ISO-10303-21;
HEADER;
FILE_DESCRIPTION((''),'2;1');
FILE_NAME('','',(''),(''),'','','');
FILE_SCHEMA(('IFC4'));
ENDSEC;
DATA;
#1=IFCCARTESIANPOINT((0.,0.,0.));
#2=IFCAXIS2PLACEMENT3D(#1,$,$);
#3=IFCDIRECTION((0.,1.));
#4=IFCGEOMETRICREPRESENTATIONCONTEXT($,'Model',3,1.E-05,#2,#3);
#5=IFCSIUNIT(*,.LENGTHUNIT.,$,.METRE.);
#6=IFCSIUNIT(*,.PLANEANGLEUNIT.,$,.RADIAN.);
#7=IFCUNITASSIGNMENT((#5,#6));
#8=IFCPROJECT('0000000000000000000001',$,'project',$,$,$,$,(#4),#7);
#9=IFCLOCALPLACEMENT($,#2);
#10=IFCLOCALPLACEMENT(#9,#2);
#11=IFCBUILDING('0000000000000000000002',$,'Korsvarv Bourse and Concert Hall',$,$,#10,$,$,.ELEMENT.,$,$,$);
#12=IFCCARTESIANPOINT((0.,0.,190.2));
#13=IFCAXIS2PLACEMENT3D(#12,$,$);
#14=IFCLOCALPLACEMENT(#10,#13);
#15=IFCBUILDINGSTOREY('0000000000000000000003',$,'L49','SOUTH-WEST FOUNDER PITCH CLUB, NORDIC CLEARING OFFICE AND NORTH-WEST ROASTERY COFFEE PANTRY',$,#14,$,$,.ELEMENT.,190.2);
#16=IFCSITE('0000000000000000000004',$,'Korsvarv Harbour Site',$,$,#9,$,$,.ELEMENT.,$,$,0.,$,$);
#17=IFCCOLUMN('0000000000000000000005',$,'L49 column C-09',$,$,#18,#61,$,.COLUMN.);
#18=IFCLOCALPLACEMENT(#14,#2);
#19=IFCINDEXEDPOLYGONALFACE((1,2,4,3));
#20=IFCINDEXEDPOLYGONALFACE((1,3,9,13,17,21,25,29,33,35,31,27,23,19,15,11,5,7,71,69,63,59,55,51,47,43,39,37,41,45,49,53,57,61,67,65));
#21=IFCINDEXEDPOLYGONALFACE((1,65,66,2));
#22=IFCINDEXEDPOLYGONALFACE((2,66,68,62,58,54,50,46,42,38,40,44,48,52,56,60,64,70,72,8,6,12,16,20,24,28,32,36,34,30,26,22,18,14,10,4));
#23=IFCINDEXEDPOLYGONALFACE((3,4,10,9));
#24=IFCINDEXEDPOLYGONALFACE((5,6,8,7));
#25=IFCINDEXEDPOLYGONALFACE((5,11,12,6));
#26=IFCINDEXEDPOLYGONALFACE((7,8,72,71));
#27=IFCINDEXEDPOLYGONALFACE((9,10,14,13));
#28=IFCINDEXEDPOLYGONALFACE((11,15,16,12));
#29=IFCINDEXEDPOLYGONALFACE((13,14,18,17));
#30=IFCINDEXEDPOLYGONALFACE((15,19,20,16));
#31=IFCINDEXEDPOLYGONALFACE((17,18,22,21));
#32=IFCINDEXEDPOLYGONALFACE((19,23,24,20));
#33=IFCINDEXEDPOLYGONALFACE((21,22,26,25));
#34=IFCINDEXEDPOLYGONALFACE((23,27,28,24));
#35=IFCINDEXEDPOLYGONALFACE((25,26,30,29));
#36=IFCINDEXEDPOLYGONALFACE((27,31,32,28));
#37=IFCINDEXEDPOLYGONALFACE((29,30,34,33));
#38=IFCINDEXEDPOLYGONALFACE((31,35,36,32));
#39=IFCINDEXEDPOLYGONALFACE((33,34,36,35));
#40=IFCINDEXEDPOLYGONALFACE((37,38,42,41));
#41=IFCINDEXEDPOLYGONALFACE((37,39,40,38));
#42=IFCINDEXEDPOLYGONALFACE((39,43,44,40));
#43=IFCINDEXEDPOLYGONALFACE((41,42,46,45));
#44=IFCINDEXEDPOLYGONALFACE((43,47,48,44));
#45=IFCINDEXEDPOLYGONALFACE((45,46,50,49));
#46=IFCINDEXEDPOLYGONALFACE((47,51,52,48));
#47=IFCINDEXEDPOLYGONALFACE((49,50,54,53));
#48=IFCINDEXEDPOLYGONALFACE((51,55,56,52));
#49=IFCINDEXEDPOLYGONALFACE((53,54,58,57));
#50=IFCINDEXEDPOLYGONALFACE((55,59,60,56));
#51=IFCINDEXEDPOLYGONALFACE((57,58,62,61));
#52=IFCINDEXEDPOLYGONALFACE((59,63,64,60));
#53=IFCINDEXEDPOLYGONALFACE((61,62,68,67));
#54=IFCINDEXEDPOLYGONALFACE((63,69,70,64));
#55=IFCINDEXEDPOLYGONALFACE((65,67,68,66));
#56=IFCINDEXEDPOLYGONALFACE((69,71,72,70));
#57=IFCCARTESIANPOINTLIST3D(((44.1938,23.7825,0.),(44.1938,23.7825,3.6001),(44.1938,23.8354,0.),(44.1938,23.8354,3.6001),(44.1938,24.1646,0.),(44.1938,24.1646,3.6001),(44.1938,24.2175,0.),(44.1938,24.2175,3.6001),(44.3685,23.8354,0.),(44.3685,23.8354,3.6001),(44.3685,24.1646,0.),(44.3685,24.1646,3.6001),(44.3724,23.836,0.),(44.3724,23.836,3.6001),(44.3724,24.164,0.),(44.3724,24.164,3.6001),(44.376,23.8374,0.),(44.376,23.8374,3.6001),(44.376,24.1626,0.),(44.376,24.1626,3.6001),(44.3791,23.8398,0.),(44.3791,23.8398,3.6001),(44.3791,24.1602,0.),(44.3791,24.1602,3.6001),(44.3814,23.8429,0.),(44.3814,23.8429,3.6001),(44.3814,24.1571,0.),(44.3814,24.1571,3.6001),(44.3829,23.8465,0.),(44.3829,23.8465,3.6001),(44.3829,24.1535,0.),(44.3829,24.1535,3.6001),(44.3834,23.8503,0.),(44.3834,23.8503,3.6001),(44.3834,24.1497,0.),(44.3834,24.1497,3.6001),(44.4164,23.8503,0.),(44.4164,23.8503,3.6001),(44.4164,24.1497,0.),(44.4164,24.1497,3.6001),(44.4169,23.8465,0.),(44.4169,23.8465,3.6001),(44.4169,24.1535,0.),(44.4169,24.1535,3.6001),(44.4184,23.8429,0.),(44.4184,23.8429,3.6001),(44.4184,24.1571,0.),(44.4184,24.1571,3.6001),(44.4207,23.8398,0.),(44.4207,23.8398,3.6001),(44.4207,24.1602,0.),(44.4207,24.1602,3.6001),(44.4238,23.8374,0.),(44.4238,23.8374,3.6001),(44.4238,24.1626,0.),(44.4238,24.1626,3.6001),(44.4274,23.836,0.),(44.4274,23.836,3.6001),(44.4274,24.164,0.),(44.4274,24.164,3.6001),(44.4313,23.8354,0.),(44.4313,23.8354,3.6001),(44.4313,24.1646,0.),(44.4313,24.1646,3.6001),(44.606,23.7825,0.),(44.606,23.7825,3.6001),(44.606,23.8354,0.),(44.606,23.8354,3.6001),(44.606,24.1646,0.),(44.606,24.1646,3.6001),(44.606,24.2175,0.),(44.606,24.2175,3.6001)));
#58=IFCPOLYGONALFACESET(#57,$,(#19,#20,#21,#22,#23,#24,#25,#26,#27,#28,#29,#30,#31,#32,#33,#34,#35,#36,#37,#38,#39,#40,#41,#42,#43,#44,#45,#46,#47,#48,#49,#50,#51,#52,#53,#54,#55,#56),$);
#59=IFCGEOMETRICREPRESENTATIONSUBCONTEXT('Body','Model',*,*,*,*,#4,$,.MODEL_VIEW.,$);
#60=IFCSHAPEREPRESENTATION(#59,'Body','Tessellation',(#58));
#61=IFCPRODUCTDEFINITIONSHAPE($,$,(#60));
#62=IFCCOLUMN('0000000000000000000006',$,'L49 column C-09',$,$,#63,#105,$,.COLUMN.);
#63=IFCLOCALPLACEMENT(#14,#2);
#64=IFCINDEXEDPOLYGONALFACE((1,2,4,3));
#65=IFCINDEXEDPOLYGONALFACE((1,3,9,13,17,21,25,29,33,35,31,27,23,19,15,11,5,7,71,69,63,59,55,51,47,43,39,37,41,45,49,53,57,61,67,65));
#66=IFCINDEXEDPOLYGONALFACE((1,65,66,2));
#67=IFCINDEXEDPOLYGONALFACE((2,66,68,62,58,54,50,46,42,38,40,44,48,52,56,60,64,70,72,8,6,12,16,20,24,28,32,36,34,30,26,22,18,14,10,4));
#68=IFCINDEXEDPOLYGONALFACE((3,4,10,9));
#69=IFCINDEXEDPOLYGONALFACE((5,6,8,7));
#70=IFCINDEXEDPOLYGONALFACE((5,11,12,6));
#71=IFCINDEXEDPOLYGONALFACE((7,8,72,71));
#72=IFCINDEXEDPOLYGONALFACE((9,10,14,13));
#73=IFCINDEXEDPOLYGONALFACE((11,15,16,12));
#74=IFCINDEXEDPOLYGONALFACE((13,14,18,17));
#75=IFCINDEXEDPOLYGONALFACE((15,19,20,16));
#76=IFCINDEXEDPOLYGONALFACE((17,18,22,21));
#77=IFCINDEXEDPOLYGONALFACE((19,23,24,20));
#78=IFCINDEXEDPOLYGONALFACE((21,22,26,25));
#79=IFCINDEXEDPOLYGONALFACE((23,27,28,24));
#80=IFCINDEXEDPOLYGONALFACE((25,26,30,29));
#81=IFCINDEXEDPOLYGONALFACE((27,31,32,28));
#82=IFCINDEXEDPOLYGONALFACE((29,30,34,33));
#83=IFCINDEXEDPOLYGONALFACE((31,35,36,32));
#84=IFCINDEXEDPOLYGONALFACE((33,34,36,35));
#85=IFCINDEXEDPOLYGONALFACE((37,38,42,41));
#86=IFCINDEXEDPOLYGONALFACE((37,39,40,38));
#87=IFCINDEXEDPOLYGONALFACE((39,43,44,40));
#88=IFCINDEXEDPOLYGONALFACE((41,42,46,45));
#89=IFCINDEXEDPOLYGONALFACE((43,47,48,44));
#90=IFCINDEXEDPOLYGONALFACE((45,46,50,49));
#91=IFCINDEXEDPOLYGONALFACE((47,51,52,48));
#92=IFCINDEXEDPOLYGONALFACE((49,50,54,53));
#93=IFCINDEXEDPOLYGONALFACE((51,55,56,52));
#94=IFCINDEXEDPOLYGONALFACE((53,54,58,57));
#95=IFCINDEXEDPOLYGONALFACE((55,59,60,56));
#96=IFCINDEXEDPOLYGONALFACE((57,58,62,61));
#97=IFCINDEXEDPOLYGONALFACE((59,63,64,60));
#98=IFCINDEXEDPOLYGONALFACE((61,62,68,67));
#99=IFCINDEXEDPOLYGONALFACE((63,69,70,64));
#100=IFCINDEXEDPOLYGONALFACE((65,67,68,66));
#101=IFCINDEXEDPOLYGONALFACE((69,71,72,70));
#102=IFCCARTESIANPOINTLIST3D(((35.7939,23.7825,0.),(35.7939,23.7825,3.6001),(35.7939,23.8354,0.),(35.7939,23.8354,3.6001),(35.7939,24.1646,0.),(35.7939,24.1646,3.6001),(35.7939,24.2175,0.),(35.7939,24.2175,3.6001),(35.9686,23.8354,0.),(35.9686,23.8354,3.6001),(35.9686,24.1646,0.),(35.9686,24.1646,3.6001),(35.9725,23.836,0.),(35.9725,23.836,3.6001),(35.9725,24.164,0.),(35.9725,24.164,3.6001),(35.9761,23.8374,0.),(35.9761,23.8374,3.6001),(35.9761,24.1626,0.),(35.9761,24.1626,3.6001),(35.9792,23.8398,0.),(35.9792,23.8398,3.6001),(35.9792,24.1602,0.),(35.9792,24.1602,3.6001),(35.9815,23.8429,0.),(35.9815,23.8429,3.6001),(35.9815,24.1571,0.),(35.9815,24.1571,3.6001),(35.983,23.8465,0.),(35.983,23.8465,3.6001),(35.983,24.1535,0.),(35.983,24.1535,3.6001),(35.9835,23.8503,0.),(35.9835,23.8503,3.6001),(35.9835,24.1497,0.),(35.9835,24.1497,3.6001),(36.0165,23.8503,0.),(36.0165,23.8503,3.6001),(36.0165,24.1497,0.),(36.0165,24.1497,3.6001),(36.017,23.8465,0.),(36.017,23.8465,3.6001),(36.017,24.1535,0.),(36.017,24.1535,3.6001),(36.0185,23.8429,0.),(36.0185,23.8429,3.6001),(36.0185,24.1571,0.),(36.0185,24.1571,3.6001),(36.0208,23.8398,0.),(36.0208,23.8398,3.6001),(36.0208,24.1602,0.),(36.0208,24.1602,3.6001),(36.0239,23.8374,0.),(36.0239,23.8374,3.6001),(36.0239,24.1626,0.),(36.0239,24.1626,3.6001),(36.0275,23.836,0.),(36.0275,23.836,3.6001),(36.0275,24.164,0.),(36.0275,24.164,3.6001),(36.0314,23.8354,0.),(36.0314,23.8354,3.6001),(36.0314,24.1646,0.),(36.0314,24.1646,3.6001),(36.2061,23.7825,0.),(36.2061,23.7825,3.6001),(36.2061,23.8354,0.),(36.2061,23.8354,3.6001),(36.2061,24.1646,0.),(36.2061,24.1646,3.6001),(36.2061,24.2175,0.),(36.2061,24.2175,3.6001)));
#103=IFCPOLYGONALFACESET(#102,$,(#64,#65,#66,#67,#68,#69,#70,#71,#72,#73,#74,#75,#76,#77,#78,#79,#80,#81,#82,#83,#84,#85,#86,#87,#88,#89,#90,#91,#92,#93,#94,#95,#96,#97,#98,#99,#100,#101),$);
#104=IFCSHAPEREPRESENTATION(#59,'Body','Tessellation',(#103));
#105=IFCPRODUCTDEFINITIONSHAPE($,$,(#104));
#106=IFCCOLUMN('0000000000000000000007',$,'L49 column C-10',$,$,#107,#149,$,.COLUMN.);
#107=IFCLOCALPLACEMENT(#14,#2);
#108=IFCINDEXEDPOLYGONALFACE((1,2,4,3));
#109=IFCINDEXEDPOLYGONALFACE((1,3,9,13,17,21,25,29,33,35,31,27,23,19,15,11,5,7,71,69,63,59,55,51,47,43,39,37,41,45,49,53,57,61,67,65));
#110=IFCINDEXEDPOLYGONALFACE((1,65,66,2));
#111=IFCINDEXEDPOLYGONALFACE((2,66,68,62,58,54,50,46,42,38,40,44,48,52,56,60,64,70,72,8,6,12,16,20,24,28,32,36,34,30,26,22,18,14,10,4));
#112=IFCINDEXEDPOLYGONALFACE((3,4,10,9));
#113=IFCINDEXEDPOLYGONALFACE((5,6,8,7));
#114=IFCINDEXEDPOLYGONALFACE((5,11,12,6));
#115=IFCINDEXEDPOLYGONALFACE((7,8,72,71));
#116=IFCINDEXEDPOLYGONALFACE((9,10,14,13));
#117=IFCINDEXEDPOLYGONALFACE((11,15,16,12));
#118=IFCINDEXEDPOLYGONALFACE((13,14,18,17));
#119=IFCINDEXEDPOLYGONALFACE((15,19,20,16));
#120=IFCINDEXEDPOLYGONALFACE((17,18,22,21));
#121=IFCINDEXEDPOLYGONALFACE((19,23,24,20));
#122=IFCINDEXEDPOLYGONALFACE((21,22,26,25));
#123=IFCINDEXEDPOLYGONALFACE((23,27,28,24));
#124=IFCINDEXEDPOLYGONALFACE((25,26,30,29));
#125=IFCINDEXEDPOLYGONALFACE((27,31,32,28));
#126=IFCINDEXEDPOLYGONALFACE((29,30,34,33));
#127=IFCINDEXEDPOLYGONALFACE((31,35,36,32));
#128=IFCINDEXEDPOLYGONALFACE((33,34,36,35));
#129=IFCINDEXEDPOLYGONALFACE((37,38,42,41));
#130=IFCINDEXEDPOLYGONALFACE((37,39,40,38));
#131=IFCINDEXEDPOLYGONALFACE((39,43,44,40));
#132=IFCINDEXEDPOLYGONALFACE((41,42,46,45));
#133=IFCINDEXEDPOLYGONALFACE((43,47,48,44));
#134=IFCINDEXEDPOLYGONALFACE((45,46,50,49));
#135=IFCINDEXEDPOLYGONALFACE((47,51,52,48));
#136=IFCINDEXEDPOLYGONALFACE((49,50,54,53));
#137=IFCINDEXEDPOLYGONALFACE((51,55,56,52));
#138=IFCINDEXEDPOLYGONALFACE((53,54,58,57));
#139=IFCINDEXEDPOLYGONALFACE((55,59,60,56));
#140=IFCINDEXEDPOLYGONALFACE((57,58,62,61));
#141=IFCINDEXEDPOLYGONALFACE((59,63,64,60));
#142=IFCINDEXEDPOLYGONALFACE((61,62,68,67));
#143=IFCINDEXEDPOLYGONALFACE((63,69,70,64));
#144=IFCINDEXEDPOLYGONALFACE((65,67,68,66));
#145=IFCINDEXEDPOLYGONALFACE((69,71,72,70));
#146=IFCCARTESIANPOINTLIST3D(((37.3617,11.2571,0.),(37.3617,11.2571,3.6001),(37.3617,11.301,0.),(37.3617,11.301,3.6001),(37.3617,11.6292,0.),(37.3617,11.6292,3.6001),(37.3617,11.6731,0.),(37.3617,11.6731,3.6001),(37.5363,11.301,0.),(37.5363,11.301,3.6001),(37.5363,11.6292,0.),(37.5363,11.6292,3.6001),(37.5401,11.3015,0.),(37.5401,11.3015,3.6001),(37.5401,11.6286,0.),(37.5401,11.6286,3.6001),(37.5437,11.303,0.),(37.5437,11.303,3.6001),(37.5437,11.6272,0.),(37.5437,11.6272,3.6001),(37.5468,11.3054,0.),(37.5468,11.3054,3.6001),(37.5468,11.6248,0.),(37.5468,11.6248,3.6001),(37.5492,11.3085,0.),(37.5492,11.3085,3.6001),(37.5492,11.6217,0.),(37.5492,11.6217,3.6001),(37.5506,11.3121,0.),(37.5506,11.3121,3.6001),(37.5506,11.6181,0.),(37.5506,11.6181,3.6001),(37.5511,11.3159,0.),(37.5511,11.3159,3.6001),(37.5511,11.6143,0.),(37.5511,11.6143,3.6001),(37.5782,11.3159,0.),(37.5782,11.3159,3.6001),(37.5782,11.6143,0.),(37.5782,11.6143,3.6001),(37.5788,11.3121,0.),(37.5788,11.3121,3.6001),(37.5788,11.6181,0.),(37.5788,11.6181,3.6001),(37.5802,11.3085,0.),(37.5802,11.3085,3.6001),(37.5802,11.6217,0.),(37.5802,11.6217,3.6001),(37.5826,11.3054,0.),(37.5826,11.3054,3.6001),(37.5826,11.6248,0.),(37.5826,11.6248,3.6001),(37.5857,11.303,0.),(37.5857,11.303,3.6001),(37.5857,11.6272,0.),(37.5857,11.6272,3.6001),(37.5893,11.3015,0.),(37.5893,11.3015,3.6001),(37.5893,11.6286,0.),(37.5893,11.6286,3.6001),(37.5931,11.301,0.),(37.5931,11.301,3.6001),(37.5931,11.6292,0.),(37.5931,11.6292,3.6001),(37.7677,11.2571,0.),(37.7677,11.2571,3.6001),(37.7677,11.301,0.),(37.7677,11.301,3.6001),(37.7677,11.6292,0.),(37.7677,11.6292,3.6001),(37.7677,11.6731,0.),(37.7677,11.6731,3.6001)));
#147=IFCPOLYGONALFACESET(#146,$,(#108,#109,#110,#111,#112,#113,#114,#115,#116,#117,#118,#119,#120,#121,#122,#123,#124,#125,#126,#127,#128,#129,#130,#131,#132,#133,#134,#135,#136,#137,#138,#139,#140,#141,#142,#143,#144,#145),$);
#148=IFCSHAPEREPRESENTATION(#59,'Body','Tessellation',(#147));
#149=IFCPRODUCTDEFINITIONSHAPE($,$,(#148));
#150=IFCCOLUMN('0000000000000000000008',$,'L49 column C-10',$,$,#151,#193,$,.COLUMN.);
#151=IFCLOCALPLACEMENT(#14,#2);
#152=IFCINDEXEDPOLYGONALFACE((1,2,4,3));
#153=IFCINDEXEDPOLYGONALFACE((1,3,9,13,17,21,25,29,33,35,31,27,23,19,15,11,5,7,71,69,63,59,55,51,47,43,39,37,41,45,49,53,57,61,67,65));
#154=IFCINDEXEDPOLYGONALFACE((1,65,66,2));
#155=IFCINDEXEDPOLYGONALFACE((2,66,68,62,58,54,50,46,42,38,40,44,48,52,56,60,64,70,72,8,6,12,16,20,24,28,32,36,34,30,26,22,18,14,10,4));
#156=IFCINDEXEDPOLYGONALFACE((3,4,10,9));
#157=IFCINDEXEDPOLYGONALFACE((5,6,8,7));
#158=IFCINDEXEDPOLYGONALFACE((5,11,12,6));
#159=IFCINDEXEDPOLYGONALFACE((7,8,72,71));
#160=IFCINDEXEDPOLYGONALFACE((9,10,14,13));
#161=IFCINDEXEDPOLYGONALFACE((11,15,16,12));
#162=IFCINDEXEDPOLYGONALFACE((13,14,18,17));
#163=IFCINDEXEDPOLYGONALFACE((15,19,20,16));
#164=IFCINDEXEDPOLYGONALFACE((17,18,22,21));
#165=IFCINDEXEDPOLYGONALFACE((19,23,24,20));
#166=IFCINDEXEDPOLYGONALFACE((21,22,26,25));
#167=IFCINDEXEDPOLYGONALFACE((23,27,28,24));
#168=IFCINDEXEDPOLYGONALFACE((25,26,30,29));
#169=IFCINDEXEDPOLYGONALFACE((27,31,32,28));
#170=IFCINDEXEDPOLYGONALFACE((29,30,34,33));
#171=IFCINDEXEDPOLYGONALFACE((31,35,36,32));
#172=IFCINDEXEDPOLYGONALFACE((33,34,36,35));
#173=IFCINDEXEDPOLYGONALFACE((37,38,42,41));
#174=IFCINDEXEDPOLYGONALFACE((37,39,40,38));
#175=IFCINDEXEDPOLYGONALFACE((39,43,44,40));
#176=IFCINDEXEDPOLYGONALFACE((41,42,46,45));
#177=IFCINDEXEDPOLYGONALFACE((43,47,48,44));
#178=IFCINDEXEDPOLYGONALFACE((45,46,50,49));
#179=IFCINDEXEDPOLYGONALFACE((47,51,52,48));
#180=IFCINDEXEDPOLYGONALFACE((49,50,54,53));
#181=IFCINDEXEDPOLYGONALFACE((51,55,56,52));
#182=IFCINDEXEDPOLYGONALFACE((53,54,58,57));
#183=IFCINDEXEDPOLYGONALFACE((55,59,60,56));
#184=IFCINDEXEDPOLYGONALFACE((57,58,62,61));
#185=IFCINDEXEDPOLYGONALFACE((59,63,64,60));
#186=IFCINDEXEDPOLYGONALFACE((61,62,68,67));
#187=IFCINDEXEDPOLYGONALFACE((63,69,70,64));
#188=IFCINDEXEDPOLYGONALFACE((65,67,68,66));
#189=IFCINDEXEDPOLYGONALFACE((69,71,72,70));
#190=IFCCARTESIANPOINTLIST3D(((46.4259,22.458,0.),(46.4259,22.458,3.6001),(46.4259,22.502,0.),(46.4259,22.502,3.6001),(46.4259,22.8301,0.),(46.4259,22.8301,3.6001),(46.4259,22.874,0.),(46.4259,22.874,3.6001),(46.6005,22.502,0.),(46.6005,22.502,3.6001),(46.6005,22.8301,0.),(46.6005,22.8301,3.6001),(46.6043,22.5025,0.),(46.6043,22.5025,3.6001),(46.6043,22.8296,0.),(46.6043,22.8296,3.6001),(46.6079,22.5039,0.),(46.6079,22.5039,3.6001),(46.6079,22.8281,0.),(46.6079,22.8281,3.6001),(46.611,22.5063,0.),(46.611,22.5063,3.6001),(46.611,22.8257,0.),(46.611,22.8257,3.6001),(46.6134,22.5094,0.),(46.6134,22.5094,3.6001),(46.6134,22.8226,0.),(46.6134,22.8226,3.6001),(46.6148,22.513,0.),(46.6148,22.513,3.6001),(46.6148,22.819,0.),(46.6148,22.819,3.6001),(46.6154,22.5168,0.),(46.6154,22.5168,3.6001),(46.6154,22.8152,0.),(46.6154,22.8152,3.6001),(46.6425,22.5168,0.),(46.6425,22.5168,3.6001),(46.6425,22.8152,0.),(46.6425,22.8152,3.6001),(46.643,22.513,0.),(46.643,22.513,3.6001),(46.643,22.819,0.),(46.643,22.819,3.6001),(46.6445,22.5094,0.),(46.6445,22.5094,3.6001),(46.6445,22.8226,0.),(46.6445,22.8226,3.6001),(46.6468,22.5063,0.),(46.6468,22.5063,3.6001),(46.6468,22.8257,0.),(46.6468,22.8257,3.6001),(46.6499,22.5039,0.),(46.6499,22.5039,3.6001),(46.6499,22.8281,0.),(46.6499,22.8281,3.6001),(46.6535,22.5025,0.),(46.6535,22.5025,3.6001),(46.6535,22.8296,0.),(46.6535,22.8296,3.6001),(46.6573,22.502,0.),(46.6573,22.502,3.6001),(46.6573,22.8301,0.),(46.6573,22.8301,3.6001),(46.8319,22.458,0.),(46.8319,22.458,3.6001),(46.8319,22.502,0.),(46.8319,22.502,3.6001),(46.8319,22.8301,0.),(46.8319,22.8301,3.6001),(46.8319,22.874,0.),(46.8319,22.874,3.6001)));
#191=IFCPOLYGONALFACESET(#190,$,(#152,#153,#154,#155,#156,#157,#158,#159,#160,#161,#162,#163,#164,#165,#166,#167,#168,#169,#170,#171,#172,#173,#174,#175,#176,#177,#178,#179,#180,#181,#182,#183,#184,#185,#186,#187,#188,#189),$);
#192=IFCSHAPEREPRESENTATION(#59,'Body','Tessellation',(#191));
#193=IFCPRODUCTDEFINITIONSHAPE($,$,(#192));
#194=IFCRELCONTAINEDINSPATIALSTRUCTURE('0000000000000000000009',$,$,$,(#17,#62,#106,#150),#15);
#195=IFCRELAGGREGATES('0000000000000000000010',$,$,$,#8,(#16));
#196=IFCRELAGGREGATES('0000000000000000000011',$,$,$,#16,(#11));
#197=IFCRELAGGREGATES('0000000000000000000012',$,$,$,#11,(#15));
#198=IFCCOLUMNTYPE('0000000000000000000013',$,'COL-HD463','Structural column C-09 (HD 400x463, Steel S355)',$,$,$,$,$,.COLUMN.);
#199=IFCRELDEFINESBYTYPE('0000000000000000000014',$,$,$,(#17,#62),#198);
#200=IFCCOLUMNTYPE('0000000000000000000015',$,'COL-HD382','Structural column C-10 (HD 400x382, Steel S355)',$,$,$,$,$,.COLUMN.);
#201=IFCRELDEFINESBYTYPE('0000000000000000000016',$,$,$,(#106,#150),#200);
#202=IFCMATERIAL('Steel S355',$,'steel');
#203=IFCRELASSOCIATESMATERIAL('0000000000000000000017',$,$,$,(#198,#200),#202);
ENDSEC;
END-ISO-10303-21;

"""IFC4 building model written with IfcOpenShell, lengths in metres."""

from ifc_helpers import new_model, si_unit, direction, frame, origin, origin_2d, place, context, subcontext, project, spatial, i_section, extrude, source, transform, mapped, material, material_profile, profile_set, type_object, element, save


model = new_model("IFC4")

# Units and contexts
model_context = context("Model", 3, precision=1e-05, world=origin(), true_north=direction((0.0, 1.0)))
body_context = subcontext(model_context, "Body", "Model", "MODEL_VIEW")
ifc_project = project(units=[si_unit("LENGTHUNIT", "METRE"), si_unit("PLANEANGLEUNIT", "RADIAN")], contexts=[model_context])

# Site, building, storey
site_placement = place(None, origin())
site = spatial("IfcSite", under=ifc_project, at=site_placement, Name="Korsvarv Harbour Site", CompositionType="ELEMENT", RefElevation=0.0)
building_placement = place(site_placement, origin())
building = spatial("IfcBuilding", under=site, at=building_placement, Name="Korsvarv Bourse and Concert Hall", CompositionType="ELEMENT")
storey_placement = place(building_placement, frame((0.0, 0.0, 190.2)))
storey = spatial("IfcBuildingStorey", under=building, at=storey_placement, Name="L49", Description="SOUTH-WEST FOUNDER PITCH CLUB, NORDIC CLEARING OFFICE AND NORTH-WEST ROASTERY COFFEE PANTRY", CompositionType="ELEMENT", Elevation=190.2)

# Columns
ifc_material_1 = material(Name="Steel S355", Category="steel")
ifc_material_profile_1 = material_profile(ifc_material_1, i_section(OverallWidth=0.4121, OverallDepth=0.4351, WebThickness=0.033, FlangeThickness=0.053, FilletRadius=0.0149, at=origin_2d()), Name="HD 400x463")
ifc_profile_set_1 = profile_set([ifc_material_profile_1], Name="Steel S355")
column_type_1 = type_object("IfcColumnType", Name="COL-HD463", Description="Structural column C-09 (HD 400x463, Steel S355)", PredefinedType="COLUMN", material=ifc_profile_set_1)
shared_shape_1 = source(origin(), body_context, "Body", "SweptSolid", [
    extrude(i_section(OverallWidth=0.4121, OverallDepth=0.4351, WebThickness=0.033, FlangeThickness=0.053, FilletRadius=0.0149, at=origin_2d()), origin(), (0.0, 0.0, 1.0), 3.6001),
])
for number, where, z_axis, x_axis, name in (
    (1, (44.3999, 24.0, 0.0), (0.0, 0.0, 1.0), (1.0, 0.0, 0.0), "L49 column C-09"),
    (2, (36.0, 24.0, 0.0), (0.0, 0.0, 1.0), (1.0, 0.0, 0.0), "L49 column C-09"),
):
    element("IfcColumn", number, at=place(storey_placement, frame(where, z_axis=z_axis, x_axis=x_axis)), inside=storey, type_object=column_type_1, Name=name, PredefinedType="COLUMN", context=body_context, shape_type="MappedRepresentation", body=[
        mapped(shared_shape_1, transform((0.0, 0.0, 0.0), scale=1.0)),
    ])
ifc_material_profile_2 = material_profile(ifc_material_1, i_section(OverallWidth=0.406, OverallDepth=0.416, WebThickness=0.0271, FlangeThickness=0.0439, FilletRadius=0.0149, at=origin_2d()), Name="HD 400x382")
ifc_profile_set_2 = profile_set([ifc_material_profile_2], Name="Steel S355")
column_type_2 = type_object("IfcColumnType", Name="COL-HD382", Description="Structural column C-10 (HD 400x382, Steel S355)", PredefinedType="COLUMN", material=ifc_profile_set_2)
shared_shape_2 = source(origin(), body_context, "Body", "SweptSolid", [
    extrude(i_section(OverallWidth=0.406, OverallDepth=0.416, WebThickness=0.0271, FlangeThickness=0.0439, FilletRadius=0.0149, at=origin_2d()), origin(), (0.0, 0.0, 1.0), 3.6001),
])
for number, where, z_axis, x_axis, name in (
    (3, (37.5647, 11.4651, 0.0), (0.0, 0.0, 1.0), (1.0, 0.0, 0.0), "L49 column C-10"),
    (4, (46.6289, 22.666, 0.0), (0.0, 0.0, 1.0), (1.0, 0.0, 0.0), "L49 column C-10"),
):
    element("IfcColumn", number, at=place(storey_placement, frame(where, z_axis=z_axis, x_axis=x_axis)), inside=storey, type_object=column_type_2, Name=name, PredefinedType="COLUMN", context=body_context, shape_type="MappedRepresentation", body=[
        mapped(shared_shape_2, transform((0.0, 0.0, 0.0), scale=1.0)),
    ])

save(model, "model.ifc")
